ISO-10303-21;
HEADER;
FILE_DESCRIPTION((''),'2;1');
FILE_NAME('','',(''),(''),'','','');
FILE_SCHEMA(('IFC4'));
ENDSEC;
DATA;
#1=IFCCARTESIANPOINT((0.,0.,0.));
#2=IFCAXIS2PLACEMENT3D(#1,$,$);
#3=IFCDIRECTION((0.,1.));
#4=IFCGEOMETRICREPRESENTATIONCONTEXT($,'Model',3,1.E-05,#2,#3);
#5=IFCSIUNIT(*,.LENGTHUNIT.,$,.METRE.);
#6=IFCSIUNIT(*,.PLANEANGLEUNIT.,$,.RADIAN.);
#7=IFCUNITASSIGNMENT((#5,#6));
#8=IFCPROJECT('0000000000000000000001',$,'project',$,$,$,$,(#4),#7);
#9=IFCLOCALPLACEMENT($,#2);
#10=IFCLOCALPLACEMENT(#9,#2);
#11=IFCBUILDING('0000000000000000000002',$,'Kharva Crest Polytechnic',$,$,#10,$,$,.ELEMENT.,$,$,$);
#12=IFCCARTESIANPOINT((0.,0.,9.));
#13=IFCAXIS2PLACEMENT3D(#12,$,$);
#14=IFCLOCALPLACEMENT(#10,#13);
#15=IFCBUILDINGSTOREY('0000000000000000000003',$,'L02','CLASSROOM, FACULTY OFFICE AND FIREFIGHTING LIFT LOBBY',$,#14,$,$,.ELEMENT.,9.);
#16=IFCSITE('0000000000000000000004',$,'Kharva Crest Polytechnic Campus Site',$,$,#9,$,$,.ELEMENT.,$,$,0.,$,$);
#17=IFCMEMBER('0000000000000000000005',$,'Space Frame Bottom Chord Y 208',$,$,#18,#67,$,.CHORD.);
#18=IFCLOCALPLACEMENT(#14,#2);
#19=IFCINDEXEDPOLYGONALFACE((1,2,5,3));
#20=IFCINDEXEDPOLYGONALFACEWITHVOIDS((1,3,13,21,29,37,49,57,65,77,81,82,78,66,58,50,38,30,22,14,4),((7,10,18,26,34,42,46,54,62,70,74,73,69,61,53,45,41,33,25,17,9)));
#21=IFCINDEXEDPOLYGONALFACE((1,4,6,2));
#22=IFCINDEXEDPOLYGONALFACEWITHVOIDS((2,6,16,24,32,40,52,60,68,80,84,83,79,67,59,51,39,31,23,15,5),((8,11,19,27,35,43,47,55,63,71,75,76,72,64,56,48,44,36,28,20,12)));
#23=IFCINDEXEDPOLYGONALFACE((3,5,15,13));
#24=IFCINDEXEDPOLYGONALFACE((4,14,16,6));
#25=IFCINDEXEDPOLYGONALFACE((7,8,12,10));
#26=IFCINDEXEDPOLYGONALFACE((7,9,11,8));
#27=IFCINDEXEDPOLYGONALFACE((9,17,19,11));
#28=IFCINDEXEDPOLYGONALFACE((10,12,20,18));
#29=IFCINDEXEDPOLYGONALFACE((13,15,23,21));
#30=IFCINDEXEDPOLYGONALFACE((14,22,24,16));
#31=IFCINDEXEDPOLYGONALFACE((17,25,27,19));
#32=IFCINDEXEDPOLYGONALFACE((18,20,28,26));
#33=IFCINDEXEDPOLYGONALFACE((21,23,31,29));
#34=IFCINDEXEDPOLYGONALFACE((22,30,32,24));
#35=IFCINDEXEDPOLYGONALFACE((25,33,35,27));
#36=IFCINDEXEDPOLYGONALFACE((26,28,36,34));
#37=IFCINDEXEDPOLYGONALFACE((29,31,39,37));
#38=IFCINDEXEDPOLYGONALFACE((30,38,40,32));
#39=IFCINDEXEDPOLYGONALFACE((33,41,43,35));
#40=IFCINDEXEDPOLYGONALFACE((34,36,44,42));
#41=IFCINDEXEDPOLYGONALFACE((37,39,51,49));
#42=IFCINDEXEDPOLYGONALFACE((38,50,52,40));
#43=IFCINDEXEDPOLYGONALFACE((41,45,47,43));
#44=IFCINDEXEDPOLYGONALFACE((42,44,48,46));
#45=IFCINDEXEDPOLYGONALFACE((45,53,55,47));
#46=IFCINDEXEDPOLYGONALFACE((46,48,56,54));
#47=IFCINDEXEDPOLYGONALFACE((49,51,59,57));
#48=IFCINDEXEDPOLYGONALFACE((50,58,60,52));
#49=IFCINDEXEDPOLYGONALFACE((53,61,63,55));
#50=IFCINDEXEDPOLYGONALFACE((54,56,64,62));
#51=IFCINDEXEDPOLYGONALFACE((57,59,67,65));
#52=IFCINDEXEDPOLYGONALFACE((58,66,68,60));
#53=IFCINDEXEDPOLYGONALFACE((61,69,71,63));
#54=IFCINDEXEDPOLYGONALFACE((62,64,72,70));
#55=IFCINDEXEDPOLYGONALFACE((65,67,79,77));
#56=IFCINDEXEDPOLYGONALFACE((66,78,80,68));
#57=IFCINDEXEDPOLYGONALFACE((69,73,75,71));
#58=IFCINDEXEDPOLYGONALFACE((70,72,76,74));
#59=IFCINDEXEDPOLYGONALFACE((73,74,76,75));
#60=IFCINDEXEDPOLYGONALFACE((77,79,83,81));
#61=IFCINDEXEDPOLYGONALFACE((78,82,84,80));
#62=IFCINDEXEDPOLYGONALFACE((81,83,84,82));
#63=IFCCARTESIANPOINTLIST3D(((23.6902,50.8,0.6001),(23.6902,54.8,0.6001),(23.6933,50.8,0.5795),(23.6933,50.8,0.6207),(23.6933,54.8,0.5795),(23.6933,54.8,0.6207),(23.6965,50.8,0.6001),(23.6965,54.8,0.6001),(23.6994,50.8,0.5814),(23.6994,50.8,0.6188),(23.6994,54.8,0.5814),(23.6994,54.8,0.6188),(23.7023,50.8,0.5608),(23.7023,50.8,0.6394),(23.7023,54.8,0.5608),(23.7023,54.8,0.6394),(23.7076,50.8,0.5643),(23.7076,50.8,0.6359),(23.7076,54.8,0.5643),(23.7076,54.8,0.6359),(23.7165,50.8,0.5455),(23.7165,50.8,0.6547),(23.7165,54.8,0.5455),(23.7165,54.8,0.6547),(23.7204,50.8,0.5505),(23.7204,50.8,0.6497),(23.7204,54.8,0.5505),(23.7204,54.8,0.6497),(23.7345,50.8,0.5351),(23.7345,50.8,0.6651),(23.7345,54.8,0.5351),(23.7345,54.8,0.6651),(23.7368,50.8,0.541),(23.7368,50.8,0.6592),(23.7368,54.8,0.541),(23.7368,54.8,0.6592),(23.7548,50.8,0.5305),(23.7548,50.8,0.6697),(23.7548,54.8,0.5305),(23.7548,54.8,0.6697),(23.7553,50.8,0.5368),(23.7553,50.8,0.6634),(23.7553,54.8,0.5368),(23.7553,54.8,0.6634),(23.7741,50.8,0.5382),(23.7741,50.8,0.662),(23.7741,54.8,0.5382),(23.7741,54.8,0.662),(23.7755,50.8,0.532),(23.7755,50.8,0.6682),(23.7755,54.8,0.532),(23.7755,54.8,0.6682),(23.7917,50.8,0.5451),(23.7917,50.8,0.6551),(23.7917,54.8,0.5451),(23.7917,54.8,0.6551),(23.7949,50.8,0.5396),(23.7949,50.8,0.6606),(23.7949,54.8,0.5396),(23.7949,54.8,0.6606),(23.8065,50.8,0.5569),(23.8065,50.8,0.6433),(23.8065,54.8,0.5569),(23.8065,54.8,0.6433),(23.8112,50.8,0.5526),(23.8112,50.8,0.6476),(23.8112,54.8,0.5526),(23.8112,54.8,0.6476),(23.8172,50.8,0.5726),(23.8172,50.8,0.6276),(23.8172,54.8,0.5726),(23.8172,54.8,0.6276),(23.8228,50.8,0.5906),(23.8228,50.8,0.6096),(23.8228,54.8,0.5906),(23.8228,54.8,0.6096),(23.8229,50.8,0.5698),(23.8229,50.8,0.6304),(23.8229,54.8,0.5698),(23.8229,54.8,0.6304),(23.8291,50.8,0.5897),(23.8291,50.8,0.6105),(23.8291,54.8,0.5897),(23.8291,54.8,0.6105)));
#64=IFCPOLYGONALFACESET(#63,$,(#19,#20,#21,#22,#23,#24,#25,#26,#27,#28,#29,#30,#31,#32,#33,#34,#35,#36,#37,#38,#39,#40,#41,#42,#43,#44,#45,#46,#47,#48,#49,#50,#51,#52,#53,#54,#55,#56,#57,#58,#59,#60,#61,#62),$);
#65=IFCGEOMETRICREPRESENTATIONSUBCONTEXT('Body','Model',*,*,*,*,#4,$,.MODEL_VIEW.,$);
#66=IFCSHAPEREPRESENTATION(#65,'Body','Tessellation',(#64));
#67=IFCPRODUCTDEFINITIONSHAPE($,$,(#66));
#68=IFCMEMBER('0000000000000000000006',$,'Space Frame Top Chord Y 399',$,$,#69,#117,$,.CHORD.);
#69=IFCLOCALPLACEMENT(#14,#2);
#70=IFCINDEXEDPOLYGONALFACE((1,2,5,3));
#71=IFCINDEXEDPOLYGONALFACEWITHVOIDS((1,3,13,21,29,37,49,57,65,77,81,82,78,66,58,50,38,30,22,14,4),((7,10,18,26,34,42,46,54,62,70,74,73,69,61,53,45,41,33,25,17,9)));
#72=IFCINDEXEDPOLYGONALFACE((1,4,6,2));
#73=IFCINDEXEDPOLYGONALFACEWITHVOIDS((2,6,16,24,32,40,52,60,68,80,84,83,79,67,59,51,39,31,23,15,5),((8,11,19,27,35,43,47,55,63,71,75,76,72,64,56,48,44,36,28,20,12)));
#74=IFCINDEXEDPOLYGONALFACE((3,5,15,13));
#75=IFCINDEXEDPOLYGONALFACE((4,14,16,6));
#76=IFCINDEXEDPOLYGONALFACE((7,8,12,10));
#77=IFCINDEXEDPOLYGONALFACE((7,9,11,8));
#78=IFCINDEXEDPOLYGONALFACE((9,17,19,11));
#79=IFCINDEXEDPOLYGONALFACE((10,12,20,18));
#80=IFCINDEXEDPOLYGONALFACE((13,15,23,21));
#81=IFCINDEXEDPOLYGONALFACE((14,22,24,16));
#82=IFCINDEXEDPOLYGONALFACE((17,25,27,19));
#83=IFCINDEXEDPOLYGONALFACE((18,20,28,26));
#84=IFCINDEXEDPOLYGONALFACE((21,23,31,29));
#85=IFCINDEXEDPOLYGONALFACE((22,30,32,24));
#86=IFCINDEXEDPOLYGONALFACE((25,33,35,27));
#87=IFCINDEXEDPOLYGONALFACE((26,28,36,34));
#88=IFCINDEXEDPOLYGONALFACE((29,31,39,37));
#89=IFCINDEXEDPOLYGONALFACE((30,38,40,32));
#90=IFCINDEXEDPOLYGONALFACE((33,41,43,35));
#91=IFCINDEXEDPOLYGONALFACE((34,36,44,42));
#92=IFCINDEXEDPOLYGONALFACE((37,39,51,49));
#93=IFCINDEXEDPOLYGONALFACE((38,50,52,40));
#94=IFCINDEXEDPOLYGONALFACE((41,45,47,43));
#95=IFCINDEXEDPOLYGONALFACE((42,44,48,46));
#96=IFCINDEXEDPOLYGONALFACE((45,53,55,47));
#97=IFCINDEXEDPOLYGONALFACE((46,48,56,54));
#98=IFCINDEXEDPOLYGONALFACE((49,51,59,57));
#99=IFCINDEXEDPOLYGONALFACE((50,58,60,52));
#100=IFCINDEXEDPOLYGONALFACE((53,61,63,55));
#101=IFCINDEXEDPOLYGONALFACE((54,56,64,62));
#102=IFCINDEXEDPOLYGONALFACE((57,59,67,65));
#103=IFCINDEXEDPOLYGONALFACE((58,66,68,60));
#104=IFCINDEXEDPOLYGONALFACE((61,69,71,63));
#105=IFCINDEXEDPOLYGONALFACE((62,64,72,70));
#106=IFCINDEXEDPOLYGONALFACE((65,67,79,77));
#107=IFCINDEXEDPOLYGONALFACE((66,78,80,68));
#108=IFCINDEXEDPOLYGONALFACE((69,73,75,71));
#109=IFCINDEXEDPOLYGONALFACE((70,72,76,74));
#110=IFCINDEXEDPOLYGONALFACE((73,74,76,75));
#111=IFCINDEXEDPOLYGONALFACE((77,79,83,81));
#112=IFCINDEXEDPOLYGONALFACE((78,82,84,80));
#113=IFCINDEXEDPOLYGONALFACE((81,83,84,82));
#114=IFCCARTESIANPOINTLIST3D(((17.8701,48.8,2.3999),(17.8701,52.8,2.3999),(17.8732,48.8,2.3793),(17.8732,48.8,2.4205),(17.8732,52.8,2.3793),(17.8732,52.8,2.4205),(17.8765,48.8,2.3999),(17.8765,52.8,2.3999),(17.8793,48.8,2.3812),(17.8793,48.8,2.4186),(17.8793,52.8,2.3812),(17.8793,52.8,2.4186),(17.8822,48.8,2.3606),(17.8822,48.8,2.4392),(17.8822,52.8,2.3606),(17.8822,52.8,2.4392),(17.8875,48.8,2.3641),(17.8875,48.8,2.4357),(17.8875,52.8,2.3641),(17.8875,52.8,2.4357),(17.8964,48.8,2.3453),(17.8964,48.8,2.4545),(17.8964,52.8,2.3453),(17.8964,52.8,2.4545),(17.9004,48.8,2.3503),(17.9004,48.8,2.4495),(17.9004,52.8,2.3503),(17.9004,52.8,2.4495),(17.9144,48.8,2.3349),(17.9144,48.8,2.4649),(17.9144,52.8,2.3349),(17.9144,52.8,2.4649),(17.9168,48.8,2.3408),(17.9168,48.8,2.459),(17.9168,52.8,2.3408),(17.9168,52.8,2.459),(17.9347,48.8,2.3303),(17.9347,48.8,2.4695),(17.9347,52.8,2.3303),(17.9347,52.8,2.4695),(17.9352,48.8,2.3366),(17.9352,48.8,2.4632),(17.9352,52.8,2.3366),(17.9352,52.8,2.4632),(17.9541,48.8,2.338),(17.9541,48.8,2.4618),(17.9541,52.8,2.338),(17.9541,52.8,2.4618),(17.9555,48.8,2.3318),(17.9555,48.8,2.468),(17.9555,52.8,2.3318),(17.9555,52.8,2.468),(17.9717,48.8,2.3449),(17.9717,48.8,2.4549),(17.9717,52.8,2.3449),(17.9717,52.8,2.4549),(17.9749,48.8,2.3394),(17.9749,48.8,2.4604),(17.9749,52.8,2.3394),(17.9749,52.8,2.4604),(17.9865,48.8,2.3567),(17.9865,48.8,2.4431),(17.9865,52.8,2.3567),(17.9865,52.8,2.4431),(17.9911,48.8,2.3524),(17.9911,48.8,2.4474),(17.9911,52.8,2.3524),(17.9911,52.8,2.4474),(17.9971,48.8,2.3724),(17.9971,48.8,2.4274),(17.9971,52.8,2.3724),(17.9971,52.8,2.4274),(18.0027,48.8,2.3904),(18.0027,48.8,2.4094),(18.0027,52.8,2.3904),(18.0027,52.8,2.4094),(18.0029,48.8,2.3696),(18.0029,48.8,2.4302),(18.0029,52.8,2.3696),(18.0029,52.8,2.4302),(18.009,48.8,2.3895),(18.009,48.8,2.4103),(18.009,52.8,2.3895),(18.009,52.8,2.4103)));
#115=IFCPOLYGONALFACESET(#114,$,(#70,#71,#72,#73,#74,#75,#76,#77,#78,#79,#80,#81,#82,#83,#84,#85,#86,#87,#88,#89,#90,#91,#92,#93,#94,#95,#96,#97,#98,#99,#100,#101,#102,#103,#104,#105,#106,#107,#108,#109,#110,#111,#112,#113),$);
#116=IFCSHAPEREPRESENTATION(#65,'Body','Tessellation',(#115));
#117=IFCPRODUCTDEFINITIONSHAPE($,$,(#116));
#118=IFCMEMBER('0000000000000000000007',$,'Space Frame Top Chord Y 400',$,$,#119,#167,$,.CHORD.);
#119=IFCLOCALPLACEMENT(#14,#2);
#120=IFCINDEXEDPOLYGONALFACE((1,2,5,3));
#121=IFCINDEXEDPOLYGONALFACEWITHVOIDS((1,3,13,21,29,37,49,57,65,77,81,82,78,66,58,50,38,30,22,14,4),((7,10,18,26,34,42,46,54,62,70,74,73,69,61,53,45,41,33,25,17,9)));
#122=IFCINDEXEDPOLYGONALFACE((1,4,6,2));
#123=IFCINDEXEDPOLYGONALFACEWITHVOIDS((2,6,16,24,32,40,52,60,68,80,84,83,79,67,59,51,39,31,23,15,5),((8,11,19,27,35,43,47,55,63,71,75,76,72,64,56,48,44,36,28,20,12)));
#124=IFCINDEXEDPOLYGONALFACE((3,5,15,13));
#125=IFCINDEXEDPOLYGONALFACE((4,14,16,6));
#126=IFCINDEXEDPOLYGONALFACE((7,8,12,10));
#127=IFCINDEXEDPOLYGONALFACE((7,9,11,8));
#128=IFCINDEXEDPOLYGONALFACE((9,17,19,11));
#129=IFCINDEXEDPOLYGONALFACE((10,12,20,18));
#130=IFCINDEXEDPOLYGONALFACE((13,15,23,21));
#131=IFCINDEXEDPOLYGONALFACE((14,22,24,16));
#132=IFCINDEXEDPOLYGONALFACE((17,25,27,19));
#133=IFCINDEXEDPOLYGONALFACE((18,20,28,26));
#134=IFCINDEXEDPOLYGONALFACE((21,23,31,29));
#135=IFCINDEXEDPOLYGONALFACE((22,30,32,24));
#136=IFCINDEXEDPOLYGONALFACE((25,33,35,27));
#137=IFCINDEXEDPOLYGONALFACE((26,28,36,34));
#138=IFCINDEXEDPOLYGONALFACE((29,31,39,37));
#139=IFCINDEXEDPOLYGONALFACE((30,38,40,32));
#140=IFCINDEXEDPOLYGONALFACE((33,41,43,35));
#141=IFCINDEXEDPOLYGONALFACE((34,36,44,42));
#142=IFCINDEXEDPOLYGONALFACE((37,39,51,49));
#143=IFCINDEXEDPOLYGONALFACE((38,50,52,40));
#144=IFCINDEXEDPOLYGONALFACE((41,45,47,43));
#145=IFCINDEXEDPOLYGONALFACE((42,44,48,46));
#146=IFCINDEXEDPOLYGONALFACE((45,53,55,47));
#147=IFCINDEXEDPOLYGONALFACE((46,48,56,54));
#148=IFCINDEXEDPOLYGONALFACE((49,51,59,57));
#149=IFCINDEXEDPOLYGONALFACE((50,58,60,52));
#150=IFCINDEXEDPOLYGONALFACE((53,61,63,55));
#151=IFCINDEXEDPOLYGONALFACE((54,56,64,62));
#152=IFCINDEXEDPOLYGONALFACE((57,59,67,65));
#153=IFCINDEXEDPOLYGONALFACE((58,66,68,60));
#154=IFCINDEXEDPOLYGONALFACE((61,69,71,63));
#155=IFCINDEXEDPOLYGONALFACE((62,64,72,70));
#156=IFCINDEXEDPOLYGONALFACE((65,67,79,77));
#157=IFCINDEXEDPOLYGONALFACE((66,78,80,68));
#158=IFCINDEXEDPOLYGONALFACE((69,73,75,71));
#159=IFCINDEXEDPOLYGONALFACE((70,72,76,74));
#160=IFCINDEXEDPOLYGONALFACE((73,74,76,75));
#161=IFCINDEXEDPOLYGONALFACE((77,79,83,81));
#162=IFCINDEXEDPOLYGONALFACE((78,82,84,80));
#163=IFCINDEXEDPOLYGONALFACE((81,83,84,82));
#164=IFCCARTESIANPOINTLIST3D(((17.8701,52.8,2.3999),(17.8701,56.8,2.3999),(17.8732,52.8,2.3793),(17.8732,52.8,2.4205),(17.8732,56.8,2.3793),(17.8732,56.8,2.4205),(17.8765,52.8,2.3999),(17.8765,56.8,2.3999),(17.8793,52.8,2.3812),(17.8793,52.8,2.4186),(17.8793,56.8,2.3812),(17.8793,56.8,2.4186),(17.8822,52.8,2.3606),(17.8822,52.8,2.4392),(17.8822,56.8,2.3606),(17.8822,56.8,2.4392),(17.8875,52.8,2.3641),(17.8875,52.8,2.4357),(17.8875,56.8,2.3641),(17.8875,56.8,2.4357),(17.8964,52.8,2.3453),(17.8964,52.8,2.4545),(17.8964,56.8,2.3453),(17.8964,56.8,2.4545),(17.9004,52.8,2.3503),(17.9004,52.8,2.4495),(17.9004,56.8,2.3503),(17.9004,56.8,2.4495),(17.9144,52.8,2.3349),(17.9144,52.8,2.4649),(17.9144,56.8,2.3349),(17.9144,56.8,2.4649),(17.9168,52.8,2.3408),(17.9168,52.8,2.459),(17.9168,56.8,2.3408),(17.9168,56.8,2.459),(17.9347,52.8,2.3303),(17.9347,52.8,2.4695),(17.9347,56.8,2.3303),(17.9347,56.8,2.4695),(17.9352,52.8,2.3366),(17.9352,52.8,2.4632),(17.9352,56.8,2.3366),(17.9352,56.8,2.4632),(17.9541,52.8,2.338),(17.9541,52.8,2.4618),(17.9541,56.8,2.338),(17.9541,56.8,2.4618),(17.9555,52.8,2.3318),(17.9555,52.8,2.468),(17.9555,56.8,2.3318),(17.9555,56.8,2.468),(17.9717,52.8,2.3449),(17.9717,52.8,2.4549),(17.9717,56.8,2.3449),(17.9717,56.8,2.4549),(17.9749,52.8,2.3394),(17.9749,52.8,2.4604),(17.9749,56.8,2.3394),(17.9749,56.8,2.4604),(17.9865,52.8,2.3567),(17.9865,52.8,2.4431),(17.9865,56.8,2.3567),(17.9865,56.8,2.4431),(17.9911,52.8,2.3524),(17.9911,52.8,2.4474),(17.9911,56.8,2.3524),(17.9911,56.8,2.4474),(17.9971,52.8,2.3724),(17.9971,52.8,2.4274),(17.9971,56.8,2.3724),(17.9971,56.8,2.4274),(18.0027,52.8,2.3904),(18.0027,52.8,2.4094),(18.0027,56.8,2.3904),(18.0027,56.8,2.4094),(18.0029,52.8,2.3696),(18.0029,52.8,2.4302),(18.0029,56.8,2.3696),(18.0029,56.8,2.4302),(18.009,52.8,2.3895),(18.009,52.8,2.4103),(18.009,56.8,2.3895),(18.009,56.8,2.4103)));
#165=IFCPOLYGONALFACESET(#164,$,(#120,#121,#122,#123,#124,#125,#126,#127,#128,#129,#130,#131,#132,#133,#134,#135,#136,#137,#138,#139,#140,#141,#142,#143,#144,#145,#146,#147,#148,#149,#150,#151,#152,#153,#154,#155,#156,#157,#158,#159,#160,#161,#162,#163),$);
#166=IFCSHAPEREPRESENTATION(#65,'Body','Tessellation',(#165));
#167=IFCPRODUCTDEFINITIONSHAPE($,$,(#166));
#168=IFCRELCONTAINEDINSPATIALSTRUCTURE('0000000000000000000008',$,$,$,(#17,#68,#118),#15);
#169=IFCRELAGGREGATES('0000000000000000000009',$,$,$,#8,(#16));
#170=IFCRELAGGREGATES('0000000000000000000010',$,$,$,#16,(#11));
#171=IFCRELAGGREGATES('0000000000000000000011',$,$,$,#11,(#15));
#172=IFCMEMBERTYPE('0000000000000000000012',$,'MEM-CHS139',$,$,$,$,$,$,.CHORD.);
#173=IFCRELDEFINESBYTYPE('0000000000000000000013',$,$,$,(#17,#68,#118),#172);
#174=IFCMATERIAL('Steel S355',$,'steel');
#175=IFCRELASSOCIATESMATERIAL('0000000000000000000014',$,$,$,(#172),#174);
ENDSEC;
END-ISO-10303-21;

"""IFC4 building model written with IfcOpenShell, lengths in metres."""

from ifc_helpers import new_model, si_unit, direction, frame, origin, origin_2d, place, context, subcontext, project, spatial, hollow_circle, extrude, material, material_profile, profile_set, type_object, element, save


model = new_model("IFC4")

# Units and contexts
model_context = context("Model", 3, precision=1e-05, world=origin(), true_north=direction((0.0, 1.0)))
body_context = subcontext(model_context, "Body", "Model", "MODEL_VIEW")
ifc_project = project(units=[si_unit("LENGTHUNIT", "METRE"), si_unit("PLANEANGLEUNIT", "RADIAN")], contexts=[model_context])

# Site, building, storey
site_placement = place(None, origin())
site = spatial("IfcSite", under=ifc_project, at=site_placement, Name="Kharva Crest Polytechnic Campus Site", CompositionType="ELEMENT", RefElevation=0.0)
building_placement = place(site_placement, origin())
building = spatial("IfcBuilding", under=site, at=building_placement, Name="Kharva Crest Polytechnic", CompositionType="ELEMENT")
storey_placement = place(building_placement, frame((0.0, 0.0, 9.0)))
storey = spatial("IfcBuildingStorey", under=building, at=storey_placement, Name="L02", Description="CLASSROOM, FACULTY OFFICE AND FIREFIGHTING LIFT LOBBY", CompositionType="ELEMENT", Elevation=9.0)

# Shared definitions
ifc_material_1 = material(Name="Steel S355", Category="steel")

# Members
ifc_material_profile_1 = material_profile(ifc_material_1, hollow_circle(Radius=0.0698, WallThickness=0.0063, at=origin_2d()), Name="CHS 139.7X6.3")
ifc_profile_set_1 = profile_set([ifc_material_profile_1], Name="Steel S355")
member_type_1 = type_object("IfcMemberType", Name="MEM-CHS139", PredefinedType="CHORD", material=ifc_profile_set_1)
for number, where, z_axis, x_axis, name in (
    (1, (23.76, 50.8, 0.6001), (0.0, 1.0, 0.0), (-1.0, 0.0, 0.0), "Space Frame Bottom Chord Y 208"),
    (2, (17.9399, 48.8, 2.3999), (0.0, 1.0, 0.0), (-1.0, 0.0, 0.0), "Space Frame Top Chord Y 399"),
    (3, (17.9399, 52.8, 2.3999), (0.0, 1.0, 0.0), (-1.0, 0.0, 0.0), "Space Frame Top Chord Y 400"),
):
    element("IfcMember", number, at=place(storey_placement, frame(where, z_axis=z_axis, x_axis=x_axis)), inside=storey, type_object=member_type_1, Name=name, PredefinedType="CHORD", context=body_context, shape_type="SweptSolid", body=[
        extrude(hollow_circle(Radius=0.0698, WallThickness=0.0063, at=origin_2d()), origin(), (0.0, 0.0, 1.0), 4.0),
    ])

save(model, "model.ifc")
